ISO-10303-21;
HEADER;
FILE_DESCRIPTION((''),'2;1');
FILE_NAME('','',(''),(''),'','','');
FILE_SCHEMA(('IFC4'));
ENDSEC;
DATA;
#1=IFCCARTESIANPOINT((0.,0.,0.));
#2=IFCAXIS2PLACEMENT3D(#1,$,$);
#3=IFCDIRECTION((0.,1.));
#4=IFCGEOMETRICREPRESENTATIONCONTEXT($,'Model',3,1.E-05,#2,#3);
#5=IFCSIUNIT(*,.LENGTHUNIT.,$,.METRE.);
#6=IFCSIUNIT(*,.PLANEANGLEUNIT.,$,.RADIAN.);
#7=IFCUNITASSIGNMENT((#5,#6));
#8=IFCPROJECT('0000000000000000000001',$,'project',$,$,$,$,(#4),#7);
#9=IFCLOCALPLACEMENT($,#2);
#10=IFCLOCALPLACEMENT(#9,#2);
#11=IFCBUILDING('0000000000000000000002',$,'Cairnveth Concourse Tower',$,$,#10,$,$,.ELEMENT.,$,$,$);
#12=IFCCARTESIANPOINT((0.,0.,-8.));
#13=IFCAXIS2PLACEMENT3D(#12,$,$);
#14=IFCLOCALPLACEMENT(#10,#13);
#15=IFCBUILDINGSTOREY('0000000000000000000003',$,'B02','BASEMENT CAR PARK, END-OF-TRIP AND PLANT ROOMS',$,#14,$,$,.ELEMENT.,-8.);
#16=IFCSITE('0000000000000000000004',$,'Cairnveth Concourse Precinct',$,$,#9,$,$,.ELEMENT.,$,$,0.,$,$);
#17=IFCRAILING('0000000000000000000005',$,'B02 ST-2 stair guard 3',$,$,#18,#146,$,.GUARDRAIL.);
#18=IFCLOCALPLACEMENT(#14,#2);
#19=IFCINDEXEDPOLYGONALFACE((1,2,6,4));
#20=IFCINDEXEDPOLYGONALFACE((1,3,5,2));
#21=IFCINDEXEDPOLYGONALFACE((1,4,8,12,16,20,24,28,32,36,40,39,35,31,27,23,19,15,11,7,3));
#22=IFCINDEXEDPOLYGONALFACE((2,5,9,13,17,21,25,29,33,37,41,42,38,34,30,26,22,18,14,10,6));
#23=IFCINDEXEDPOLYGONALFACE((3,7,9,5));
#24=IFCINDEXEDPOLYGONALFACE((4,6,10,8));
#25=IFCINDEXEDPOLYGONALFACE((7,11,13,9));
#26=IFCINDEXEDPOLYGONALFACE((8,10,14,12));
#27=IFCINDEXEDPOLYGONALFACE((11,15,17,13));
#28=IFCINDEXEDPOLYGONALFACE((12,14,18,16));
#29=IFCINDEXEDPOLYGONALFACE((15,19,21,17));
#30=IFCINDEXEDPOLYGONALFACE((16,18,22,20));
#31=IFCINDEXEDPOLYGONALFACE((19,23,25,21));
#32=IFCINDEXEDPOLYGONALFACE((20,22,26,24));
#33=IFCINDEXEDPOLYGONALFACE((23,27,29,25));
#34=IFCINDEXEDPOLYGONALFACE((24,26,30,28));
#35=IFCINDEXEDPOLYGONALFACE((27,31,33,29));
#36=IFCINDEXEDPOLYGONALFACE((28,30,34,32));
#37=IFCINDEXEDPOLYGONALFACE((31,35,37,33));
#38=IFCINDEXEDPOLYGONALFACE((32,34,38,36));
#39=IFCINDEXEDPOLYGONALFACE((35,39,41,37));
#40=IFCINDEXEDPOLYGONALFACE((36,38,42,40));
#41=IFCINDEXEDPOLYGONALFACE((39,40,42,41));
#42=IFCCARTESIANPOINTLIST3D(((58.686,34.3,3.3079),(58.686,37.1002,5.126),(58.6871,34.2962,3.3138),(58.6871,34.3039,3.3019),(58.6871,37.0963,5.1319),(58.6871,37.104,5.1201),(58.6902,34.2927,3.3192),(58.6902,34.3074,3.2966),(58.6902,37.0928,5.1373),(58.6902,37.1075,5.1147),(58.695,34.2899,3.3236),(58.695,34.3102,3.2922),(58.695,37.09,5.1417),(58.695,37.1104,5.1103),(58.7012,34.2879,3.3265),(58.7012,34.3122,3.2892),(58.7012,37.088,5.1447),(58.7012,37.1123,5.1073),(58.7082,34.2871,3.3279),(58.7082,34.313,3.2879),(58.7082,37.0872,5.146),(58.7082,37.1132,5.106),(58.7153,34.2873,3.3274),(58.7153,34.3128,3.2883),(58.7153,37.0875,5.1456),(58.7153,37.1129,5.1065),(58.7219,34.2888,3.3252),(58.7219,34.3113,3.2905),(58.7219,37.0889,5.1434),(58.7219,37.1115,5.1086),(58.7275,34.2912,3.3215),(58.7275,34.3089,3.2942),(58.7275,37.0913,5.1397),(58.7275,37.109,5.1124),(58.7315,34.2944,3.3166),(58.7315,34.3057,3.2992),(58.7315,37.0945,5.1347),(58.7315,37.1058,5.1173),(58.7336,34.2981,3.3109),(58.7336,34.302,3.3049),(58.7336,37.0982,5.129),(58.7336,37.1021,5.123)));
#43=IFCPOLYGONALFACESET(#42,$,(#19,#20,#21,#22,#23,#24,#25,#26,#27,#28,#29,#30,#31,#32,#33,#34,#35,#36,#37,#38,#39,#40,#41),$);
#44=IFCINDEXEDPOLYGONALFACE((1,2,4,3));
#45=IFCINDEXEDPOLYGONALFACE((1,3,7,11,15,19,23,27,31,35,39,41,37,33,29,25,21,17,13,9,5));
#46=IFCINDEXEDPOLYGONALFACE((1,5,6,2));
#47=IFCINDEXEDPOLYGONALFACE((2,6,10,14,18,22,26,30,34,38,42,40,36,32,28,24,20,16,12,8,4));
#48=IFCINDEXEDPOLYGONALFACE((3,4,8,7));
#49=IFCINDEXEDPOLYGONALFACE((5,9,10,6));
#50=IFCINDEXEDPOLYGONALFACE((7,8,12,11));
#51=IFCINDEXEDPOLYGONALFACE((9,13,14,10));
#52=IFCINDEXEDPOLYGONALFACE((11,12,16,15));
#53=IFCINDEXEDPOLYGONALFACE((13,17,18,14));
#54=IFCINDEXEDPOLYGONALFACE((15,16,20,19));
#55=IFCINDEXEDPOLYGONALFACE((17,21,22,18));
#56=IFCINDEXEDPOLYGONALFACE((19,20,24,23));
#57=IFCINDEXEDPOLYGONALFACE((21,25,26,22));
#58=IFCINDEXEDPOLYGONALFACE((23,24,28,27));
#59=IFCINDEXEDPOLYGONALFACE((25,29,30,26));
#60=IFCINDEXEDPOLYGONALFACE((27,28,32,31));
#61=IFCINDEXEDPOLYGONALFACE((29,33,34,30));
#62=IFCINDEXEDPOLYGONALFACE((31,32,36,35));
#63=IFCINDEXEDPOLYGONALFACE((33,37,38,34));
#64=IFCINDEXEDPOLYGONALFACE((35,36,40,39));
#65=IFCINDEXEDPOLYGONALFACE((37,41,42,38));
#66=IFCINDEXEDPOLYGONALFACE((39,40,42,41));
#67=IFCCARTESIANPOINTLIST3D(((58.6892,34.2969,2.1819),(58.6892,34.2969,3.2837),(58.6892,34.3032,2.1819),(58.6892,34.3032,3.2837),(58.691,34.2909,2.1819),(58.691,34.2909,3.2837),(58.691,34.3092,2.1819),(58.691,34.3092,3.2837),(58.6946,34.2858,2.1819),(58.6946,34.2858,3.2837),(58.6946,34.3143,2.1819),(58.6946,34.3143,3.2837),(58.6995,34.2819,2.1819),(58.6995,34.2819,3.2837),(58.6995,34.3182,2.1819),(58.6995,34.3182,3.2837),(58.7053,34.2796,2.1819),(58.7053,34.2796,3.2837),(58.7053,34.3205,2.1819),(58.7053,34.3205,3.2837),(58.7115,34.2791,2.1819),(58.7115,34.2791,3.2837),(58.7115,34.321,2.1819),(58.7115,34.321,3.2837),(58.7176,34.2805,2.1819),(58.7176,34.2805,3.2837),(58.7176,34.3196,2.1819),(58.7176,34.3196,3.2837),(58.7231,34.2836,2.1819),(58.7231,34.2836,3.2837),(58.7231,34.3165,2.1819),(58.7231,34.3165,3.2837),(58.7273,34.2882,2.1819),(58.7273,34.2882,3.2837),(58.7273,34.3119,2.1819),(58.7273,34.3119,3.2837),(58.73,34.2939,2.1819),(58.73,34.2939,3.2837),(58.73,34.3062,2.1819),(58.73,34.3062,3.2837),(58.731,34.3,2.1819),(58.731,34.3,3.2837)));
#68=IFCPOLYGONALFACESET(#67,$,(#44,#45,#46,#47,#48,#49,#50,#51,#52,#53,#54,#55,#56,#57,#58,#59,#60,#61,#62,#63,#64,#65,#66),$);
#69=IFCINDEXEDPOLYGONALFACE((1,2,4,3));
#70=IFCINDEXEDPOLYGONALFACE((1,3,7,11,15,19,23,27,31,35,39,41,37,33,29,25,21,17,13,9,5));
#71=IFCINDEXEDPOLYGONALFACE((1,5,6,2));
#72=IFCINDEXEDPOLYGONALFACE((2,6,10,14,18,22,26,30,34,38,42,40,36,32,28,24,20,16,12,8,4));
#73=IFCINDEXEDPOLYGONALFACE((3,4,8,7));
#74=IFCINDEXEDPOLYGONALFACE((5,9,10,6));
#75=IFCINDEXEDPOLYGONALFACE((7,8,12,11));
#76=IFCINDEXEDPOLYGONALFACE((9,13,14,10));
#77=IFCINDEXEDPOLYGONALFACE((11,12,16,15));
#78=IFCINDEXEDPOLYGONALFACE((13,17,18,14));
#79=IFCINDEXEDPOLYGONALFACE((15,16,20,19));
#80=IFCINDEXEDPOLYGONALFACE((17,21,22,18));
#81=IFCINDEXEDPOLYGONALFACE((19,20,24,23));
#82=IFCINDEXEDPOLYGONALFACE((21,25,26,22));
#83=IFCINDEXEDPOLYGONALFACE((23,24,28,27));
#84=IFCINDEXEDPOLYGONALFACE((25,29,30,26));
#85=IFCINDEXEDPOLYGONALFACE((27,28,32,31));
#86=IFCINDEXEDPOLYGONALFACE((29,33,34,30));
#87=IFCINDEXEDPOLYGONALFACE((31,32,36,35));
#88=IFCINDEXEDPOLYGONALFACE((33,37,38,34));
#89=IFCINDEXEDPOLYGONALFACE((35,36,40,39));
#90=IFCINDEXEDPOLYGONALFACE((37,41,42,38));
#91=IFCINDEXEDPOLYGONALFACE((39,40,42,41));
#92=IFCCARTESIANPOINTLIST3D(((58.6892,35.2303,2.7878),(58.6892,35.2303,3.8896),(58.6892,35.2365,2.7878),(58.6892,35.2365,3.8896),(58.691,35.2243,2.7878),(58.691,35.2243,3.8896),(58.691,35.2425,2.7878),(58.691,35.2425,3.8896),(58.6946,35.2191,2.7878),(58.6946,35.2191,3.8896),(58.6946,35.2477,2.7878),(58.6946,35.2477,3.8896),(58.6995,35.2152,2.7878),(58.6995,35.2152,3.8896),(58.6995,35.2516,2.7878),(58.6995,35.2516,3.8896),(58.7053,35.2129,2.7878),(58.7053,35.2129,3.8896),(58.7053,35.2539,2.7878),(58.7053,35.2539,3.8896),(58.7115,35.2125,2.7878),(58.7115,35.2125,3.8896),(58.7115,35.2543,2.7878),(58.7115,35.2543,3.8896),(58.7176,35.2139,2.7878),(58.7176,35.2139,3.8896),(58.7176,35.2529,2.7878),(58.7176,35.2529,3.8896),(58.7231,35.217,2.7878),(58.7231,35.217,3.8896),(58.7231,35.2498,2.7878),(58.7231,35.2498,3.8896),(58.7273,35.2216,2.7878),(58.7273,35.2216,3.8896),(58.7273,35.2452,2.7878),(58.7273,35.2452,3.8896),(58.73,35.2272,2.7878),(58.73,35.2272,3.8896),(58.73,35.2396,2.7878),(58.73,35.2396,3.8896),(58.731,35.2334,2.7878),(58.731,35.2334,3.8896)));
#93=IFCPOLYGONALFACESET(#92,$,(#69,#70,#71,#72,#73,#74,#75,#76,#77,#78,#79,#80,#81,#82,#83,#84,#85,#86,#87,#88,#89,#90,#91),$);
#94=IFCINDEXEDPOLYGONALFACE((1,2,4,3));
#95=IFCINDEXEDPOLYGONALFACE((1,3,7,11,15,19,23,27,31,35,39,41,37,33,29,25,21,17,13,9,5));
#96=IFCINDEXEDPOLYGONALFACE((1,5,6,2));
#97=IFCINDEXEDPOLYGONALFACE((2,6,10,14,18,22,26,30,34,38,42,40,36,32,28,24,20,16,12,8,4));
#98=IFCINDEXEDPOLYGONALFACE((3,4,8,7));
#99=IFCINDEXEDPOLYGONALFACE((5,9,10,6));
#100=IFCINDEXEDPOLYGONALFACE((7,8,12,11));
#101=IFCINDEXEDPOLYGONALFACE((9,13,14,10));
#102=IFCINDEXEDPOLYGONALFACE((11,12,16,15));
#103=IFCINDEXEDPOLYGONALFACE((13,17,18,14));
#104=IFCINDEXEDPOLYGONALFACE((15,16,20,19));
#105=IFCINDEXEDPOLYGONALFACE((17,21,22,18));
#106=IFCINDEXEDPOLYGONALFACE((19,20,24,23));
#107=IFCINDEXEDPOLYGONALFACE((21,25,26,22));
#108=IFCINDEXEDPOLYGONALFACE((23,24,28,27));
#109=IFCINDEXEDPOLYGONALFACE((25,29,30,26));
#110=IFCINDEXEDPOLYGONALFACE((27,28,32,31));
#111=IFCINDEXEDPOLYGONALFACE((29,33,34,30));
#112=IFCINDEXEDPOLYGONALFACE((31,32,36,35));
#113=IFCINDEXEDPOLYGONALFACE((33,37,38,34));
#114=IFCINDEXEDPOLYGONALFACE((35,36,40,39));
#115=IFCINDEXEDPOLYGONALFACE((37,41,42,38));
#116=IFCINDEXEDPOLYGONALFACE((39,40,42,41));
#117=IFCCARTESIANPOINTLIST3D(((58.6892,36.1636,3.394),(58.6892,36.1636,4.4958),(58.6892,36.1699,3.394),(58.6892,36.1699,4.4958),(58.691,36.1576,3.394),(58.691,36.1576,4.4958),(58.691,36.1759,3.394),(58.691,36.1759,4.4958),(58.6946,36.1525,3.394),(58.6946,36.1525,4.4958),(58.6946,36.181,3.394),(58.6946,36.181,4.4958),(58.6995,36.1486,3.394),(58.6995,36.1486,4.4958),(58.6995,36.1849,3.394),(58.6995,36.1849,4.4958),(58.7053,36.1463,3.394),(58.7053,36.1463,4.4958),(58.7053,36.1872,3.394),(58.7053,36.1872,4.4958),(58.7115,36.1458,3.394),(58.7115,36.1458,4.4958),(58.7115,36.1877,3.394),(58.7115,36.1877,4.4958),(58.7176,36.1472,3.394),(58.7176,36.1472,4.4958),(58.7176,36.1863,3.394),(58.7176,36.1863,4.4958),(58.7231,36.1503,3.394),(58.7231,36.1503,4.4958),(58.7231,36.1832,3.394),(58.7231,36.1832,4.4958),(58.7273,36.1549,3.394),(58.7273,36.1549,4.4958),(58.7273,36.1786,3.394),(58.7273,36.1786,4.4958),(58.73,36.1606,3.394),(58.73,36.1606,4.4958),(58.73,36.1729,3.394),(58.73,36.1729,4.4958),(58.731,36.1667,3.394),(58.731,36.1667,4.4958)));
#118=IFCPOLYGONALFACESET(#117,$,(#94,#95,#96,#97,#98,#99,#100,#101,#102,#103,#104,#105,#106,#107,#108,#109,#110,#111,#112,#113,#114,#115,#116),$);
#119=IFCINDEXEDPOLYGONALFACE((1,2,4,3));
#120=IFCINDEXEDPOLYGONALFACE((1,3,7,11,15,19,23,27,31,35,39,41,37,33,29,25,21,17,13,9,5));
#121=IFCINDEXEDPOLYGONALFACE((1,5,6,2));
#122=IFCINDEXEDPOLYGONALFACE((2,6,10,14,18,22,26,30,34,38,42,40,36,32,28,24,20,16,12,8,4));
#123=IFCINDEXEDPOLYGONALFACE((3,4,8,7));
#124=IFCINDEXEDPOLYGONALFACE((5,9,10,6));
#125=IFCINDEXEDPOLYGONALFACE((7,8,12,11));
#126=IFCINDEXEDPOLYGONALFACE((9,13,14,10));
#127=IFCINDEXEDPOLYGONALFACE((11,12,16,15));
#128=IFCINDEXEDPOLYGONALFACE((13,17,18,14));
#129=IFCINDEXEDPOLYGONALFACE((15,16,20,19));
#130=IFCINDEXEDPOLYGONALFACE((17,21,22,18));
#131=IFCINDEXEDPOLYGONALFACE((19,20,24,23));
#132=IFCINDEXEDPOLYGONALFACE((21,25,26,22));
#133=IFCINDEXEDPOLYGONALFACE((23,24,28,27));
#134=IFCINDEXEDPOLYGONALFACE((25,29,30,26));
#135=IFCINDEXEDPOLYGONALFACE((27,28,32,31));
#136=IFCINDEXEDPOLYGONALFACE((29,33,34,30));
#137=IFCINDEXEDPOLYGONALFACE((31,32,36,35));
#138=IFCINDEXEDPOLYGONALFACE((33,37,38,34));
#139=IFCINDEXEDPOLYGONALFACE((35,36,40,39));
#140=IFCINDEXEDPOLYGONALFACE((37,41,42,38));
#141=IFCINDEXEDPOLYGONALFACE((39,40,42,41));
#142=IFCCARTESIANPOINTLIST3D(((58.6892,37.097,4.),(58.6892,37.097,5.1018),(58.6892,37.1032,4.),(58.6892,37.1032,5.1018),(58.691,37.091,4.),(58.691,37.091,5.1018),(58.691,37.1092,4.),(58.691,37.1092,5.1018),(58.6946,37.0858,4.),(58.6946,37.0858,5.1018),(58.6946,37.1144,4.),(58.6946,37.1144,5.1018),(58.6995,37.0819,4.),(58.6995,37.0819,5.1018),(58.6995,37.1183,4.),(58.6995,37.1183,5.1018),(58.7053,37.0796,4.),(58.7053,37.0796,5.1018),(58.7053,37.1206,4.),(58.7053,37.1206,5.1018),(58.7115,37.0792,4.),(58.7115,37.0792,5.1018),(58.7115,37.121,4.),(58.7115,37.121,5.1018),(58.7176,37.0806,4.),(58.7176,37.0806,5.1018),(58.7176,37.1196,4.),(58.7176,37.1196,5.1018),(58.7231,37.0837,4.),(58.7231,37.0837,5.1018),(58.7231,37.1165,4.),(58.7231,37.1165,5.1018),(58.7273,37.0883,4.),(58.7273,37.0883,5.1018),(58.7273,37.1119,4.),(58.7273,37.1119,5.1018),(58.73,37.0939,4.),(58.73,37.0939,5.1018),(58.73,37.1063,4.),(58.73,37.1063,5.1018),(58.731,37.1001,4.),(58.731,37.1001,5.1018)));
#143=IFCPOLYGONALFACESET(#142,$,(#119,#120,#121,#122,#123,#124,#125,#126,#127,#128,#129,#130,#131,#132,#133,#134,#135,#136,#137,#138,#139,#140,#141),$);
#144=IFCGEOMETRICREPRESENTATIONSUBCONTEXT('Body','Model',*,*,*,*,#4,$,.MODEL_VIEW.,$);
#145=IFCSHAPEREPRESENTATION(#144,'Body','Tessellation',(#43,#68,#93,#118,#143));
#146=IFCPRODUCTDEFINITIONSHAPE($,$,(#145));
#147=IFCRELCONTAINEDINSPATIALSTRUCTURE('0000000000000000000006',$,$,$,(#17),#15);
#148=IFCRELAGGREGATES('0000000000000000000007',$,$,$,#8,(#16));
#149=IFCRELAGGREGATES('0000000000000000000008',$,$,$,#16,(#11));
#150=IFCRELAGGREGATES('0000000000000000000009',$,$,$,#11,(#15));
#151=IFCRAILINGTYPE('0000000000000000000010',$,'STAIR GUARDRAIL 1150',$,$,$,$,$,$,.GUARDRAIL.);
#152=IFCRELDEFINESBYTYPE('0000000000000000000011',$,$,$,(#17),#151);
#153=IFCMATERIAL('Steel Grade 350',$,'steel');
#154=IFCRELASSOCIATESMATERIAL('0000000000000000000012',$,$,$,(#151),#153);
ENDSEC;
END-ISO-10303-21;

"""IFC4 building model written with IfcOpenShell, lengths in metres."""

from ifc_helpers import new_model, si_unit, direction, frame, origin, origin_2d, place, context, subcontext, project, spatial, circle, extrude, material, type_object, element, save


model = new_model("IFC4")

# Units and contexts
model_context = context("Model", 3, precision=1e-05, world=origin(), true_north=direction((0.0, 1.0)))
body_context = subcontext(model_context, "Body", "Model", "MODEL_VIEW")
ifc_project = project(units=[si_unit("LENGTHUNIT", "METRE"), si_unit("PLANEANGLEUNIT", "RADIAN")], contexts=[model_context])

# Site, building, storey
site_placement = place(None, origin())
site = spatial("IfcSite", under=ifc_project, at=site_placement, Name="Cairnveth Concourse Precinct", CompositionType="ELEMENT", RefElevation=0.0)
building_placement = place(site_placement, origin())
building = spatial("IfcBuilding", under=site, at=building_placement, Name="Cairnveth Concourse Tower", CompositionType="ELEMENT")
storey_placement = place(building_placement, frame((0.0, 0.0, -8.0)))
storey = spatial("IfcBuildingStorey", under=building, at=storey_placement, Name="B02", Description="BASEMENT CAR PARK, END-OF-TRIP AND PLANT ROOMS", CompositionType="ELEMENT", Elevation=-8.0)

# Shared definitions
ifc_material_1 = material(Name="Steel Grade 350", Category="steel")

# Railing
railing_type_1 = type_object("IfcRailingType", Name="STAIR GUARDRAIL 1150", PredefinedType="GUARDRAIL", material=ifc_material_1)
railing_1_placement = place(storey_placement, frame((58.71, 34.3, 2.1819)))
element("IfcRailing", 1, at=railing_1_placement, inside=storey, type_object=railing_type_1, Name="B02 ST-2 stair guard 3", PredefinedType="GUARDRAIL", context=body_context, shape_type="SweptSolid", body=[
    extrude(circle(Radius=0.0239, at=origin_2d()), frame((0.0, 0.0, 1.126), z_axis=(0.0, 0.838706, 0.544585), x_axis=(-1.0, 0.0, 0.0)), (0.0, 0.0, 1.0), 3.3386),
    extrude(circle(Radius=0.021, at=origin_2d()), origin(), (0.0, 0.0, 1.0), 1.1018),
    extrude(circle(Radius=0.021, at=origin_2d()), frame((0.0, 0.9333, 0.606)), (0.0, 0.0, 1.0), 1.1018),
    extrude(circle(Radius=0.021, at=origin_2d()), frame((0.0, 1.8667, 1.2122)), (0.0, 0.0, 1.0), 1.1018),
    extrude(circle(Radius=0.021, at=origin_2d()), frame((0.0, 2.8, 1.8181)), (0.0, 0.0, 1.0), 1.1018),
])

save(model, "model.ifc")
